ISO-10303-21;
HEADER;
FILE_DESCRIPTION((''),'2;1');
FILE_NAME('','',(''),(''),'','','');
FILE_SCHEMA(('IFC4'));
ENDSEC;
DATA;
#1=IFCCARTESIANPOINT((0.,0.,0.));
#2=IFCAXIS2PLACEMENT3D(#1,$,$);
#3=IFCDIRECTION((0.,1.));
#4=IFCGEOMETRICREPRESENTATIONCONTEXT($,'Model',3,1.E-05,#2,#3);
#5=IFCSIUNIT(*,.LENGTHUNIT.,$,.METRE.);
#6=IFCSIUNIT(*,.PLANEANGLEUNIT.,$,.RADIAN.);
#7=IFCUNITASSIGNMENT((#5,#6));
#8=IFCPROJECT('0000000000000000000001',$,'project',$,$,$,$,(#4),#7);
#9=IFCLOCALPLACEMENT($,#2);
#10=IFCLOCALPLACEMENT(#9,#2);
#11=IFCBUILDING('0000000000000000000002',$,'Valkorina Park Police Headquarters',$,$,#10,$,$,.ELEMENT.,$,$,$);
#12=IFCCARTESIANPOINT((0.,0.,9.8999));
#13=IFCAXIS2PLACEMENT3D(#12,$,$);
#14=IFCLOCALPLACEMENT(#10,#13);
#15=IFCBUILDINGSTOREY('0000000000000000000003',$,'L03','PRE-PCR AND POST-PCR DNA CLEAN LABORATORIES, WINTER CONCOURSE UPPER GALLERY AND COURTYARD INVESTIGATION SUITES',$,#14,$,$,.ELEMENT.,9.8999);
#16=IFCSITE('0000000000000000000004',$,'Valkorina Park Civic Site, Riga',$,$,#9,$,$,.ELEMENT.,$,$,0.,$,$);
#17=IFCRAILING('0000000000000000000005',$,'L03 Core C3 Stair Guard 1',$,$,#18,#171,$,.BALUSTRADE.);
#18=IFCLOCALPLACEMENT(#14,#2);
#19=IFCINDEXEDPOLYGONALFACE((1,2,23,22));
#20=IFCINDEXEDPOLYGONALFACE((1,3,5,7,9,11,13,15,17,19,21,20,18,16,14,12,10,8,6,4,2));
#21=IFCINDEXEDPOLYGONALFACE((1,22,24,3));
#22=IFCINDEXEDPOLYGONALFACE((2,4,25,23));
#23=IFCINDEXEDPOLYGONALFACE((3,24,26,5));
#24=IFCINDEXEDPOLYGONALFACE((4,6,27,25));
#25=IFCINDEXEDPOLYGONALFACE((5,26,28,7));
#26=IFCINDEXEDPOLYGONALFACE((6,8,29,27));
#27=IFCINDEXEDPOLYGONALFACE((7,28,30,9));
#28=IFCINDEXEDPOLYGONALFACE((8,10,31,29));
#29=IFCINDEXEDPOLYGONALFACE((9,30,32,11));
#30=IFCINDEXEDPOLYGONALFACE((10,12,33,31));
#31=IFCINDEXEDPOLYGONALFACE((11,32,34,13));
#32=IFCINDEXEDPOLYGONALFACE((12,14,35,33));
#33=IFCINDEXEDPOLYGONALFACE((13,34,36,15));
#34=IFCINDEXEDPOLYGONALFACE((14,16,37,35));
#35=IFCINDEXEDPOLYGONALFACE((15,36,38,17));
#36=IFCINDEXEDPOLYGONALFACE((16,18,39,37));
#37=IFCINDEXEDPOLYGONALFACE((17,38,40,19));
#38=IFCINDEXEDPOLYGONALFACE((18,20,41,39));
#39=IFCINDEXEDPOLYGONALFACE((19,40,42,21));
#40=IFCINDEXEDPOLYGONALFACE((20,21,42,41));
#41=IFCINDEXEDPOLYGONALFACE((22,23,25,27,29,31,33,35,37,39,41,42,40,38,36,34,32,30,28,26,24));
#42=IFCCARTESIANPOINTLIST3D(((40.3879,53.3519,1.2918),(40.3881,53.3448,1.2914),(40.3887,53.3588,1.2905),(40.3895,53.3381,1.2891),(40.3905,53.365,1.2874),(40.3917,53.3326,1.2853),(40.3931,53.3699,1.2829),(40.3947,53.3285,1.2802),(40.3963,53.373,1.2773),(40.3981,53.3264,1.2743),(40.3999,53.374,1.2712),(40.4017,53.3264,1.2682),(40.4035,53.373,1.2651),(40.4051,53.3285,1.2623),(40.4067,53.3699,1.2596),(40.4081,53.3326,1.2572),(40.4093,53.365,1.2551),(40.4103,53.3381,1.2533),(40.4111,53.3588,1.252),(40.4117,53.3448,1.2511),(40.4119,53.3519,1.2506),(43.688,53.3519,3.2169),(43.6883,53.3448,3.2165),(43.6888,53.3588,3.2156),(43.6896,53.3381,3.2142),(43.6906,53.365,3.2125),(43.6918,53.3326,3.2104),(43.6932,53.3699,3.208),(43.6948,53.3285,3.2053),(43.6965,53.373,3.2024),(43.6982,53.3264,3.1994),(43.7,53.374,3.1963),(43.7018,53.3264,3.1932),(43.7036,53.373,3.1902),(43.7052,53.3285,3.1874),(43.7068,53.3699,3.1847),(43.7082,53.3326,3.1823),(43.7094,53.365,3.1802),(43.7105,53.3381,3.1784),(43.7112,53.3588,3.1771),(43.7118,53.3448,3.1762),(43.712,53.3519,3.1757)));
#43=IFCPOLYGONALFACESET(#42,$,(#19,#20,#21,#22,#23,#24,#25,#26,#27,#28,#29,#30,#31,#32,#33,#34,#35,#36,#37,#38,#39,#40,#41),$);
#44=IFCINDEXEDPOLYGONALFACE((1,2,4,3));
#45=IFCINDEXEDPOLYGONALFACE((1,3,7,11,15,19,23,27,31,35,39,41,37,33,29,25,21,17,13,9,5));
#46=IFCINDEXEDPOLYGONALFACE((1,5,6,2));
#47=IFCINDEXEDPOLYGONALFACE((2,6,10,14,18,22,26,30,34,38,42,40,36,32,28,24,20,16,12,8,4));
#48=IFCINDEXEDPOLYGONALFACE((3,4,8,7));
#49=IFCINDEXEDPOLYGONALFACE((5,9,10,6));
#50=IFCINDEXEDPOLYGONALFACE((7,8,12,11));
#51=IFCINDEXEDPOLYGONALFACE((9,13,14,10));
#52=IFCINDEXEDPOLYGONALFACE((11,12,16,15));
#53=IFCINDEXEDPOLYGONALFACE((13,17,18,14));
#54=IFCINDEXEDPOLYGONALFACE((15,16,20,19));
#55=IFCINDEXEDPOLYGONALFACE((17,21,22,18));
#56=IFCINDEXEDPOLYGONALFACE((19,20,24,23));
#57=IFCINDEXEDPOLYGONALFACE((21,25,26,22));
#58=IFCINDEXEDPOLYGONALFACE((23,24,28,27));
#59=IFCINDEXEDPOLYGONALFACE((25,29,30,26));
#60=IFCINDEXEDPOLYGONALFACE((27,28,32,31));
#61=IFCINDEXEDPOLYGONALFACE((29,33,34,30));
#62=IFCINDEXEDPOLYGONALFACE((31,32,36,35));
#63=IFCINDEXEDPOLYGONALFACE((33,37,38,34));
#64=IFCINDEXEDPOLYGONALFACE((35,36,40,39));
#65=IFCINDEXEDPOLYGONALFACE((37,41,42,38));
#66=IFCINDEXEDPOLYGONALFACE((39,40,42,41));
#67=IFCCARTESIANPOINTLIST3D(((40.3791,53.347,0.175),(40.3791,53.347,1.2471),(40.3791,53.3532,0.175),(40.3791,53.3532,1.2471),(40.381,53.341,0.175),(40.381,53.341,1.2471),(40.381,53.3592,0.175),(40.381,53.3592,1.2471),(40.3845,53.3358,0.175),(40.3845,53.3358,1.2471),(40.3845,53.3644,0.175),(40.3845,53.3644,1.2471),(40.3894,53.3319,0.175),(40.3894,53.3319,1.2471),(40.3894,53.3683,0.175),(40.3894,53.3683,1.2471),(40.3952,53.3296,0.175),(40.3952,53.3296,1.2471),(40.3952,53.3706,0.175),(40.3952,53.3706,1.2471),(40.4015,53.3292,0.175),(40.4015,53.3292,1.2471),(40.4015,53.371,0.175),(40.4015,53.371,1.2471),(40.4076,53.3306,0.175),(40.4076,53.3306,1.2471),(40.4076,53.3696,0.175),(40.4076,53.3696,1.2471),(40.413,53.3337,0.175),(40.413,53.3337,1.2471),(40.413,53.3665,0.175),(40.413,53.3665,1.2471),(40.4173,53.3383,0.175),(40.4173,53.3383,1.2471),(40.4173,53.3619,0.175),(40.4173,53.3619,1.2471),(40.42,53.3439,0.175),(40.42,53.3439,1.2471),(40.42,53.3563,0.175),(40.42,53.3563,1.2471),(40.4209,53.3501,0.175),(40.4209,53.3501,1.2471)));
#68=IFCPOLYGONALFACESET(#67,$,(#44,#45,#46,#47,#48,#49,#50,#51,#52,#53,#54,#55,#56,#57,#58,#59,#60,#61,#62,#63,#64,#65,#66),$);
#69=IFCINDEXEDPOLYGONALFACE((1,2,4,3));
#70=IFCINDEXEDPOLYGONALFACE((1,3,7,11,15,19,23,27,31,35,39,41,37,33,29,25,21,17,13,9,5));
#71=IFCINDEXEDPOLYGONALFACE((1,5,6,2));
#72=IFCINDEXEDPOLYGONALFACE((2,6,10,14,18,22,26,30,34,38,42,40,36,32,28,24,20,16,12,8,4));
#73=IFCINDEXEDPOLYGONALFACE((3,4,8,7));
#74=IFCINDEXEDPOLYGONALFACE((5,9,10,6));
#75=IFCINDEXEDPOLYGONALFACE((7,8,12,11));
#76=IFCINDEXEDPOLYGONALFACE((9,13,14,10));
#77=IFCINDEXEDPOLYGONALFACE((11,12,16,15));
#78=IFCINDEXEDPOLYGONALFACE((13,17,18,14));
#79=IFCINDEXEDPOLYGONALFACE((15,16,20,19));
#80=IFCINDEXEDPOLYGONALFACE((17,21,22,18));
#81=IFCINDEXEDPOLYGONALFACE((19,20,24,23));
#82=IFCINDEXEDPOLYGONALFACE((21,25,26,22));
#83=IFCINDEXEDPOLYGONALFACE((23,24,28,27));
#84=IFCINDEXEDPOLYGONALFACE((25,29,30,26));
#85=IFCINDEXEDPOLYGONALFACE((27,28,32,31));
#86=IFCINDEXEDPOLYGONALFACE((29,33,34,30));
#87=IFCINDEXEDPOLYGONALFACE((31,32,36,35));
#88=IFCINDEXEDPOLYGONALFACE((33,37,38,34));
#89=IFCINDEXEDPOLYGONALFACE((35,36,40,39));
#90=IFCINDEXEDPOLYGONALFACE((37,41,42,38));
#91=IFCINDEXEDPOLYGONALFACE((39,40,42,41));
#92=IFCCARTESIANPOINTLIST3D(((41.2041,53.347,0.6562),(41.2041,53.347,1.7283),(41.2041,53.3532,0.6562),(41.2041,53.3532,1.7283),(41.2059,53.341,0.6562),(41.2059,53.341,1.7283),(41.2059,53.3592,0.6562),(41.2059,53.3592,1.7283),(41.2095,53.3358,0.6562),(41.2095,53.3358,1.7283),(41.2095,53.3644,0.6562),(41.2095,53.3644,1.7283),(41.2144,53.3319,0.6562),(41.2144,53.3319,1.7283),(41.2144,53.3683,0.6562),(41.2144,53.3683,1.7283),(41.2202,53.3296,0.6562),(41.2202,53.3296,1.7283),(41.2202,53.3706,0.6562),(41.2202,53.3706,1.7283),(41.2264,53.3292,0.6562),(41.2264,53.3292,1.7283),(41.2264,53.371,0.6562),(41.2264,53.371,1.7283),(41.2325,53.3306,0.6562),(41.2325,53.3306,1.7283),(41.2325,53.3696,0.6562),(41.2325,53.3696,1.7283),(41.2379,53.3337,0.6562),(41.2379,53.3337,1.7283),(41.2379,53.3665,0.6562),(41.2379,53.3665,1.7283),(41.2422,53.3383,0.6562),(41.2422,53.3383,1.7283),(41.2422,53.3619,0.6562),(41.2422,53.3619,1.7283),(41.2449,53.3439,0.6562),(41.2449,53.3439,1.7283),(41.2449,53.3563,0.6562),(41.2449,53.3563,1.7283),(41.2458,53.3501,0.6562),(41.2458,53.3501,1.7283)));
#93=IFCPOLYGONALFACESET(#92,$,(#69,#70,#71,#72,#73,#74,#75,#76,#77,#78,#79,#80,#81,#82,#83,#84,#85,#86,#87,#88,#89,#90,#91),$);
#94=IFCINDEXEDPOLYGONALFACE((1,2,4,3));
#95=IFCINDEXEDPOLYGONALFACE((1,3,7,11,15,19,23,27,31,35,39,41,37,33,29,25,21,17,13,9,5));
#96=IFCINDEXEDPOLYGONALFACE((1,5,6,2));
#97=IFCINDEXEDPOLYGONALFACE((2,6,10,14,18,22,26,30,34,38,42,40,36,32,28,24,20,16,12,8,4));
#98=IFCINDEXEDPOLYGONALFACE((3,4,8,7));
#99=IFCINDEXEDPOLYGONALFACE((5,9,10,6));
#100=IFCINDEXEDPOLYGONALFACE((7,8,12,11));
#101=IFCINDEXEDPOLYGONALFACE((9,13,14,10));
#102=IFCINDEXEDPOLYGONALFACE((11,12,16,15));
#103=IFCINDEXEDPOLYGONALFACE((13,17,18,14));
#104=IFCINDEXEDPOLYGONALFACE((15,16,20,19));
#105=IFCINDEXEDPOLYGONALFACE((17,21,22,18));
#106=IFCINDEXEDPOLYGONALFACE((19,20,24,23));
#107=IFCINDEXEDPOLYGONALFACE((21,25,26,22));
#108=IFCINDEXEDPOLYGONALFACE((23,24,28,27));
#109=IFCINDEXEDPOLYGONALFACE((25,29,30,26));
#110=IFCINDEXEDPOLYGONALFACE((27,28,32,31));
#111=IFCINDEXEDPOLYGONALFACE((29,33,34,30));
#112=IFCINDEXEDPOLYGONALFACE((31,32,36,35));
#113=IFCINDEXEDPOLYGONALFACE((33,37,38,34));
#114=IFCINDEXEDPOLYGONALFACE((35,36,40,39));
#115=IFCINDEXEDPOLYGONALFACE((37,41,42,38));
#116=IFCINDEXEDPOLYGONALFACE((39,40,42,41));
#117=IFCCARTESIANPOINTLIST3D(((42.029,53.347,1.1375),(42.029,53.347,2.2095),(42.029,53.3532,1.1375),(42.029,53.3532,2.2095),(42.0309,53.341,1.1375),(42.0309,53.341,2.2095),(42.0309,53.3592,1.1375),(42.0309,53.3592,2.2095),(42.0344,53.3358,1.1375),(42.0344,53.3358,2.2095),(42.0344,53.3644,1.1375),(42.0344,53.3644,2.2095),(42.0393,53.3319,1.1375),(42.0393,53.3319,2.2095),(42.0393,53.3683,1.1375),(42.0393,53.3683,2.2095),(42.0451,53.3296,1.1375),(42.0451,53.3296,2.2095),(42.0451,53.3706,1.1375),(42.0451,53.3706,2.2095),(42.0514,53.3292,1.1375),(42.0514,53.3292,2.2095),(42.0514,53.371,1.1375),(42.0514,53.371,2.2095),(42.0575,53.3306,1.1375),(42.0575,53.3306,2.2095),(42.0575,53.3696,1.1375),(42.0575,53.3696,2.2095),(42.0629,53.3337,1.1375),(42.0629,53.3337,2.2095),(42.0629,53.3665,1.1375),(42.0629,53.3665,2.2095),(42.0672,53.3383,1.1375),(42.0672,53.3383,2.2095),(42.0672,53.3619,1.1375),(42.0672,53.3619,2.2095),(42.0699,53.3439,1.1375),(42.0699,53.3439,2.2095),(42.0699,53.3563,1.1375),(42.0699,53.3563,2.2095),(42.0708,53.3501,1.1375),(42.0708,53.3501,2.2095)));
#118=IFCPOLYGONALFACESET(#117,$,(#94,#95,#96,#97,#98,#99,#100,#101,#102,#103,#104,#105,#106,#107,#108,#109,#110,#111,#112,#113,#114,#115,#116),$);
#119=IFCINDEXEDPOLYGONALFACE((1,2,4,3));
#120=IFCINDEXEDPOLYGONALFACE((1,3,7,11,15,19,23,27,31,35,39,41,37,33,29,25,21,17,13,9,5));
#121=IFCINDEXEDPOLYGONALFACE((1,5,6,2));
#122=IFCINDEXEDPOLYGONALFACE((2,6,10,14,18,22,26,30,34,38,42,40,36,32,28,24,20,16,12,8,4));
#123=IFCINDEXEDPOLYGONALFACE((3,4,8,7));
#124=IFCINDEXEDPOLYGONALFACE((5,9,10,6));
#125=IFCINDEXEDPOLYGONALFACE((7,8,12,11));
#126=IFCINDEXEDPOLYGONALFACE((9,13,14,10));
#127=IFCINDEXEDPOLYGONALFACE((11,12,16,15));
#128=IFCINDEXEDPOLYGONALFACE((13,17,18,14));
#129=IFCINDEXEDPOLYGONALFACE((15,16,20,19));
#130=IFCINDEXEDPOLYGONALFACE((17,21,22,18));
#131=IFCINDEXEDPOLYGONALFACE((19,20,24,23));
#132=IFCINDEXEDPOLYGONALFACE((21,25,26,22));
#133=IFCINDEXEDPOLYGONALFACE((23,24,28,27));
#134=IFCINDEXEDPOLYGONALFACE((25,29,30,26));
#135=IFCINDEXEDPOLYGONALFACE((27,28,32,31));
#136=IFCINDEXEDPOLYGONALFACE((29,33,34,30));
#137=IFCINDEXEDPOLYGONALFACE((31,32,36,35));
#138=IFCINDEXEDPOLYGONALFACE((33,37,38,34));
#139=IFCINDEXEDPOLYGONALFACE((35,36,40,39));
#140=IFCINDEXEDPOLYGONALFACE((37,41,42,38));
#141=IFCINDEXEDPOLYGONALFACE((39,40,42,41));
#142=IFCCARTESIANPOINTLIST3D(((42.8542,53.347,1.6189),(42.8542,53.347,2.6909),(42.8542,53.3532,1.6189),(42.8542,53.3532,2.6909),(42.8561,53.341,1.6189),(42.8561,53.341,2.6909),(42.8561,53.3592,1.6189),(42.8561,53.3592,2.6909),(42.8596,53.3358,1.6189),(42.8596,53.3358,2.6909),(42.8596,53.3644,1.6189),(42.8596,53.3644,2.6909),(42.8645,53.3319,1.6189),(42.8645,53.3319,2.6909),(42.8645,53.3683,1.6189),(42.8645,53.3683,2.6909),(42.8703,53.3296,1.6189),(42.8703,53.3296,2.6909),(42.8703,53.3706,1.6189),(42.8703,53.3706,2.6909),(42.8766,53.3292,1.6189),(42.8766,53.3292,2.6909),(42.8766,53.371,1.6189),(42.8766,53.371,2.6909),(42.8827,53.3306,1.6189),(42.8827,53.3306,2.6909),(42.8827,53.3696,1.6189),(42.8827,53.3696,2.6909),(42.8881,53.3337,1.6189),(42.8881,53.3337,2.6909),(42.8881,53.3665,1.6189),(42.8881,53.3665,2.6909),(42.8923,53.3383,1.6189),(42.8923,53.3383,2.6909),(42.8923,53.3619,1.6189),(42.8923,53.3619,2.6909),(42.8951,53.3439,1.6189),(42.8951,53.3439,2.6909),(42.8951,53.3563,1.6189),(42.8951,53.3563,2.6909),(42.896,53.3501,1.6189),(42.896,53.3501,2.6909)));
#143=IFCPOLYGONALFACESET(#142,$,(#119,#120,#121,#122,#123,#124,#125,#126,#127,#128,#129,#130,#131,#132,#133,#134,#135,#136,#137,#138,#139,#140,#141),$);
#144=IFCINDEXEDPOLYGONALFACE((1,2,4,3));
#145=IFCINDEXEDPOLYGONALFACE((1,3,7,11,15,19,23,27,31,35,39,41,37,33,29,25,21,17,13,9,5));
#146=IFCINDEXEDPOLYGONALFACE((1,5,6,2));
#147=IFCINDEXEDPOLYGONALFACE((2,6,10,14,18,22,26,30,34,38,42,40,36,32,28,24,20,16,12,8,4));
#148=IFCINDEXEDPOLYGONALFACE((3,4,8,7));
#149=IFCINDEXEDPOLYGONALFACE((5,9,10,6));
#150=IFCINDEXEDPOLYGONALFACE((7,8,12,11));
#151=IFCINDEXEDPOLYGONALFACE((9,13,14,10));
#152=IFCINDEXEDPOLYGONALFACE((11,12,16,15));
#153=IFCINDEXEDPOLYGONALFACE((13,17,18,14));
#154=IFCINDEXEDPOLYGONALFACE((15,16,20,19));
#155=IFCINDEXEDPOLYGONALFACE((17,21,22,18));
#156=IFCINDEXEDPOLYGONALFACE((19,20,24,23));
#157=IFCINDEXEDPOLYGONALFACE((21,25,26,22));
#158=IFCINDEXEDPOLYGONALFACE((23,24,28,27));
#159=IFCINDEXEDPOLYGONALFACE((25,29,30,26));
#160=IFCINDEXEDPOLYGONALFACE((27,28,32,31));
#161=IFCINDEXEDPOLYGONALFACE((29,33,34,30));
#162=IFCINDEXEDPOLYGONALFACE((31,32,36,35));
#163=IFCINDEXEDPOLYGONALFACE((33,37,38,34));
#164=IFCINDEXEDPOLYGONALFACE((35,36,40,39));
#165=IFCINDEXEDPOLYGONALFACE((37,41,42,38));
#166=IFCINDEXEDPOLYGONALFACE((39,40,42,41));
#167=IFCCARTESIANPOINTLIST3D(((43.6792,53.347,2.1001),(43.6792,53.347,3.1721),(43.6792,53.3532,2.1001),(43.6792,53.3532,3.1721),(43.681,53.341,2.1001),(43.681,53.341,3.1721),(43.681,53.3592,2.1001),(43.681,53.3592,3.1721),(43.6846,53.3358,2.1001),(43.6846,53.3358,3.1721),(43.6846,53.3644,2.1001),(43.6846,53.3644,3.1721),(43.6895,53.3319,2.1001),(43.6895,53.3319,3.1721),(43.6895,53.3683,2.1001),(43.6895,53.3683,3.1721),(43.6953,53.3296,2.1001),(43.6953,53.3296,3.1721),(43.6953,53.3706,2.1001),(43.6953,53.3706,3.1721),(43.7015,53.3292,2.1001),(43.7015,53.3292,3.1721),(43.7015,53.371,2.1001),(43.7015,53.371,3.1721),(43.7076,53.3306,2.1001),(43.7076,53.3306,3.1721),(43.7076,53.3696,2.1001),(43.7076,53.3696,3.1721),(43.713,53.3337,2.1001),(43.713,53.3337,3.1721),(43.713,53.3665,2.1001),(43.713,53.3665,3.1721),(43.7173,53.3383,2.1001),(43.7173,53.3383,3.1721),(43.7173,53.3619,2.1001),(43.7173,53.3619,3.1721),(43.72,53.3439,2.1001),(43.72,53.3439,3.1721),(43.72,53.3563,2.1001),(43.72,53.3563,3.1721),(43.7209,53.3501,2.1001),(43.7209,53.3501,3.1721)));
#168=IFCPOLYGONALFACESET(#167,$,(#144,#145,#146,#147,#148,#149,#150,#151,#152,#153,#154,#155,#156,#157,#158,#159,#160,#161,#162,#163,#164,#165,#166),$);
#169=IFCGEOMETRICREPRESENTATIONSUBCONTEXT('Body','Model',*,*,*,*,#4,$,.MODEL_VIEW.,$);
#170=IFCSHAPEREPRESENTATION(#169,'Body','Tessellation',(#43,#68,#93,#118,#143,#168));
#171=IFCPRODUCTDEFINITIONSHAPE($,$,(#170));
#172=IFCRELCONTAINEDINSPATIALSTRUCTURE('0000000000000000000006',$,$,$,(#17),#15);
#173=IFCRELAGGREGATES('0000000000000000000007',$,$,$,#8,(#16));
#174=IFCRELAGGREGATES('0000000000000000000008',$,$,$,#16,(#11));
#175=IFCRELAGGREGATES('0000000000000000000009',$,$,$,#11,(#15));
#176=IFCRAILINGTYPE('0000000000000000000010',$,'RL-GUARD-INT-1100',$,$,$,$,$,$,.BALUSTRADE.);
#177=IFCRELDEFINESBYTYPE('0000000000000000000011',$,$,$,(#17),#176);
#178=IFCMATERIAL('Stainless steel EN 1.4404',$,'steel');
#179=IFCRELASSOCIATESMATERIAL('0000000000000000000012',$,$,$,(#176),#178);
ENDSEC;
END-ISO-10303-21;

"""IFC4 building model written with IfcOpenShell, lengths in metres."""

from ifc_helpers import new_model, si_unit, direction, frame, origin, origin_2d, place, context, subcontext, project, spatial, circle, extrude, material, type_object, element, save


model = new_model("IFC4")

# Units and contexts
model_context = context("Model", 3, precision=1e-05, world=origin(), true_north=direction((0.0, 1.0)))
body_context = subcontext(model_context, "Body", "Model", "MODEL_VIEW")
ifc_project = project(units=[si_unit("LENGTHUNIT", "METRE"), si_unit("PLANEANGLEUNIT", "RADIAN")], contexts=[model_context])

# Site, building, storey
site_placement = place(None, origin())
site = spatial("IfcSite", under=ifc_project, at=site_placement, Name="Valkorina Park Civic Site, Riga", CompositionType="ELEMENT", RefElevation=0.0)
building_placement = place(site_placement, origin())
building = spatial("IfcBuilding", under=site, at=building_placement, Name="Valkorina Park Police Headquarters", CompositionType="ELEMENT")
storey_placement = place(building_placement, frame((0.0, 0.0, 9.8999)))
storey = spatial("IfcBuildingStorey", under=building, at=storey_placement, Name="L03", Description="PRE-PCR AND POST-PCR DNA CLEAN LABORATORIES, WINTER CONCOURSE UPPER GALLERY AND COURTYARD INVESTIGATION SUITES", CompositionType="ELEMENT", Elevation=9.8999)

# Shared definitions
ifc_material_1 = material(Name="Stainless steel EN 1.4404", Category="steel")

# Railing
railing_type_1 = type_object("IfcRailingType", Name="RL-GUARD-INT-1100", PredefinedType="BALUSTRADE", material=ifc_material_1)
railing_1_placement = place(storey_placement, frame((40.3999, 53.3501, 0.175)))
element("IfcRailing", 1, at=railing_1_placement, inside=storey, type_object=railing_type_1, Name="L03 Core C3 Stair Guard 1", PredefinedType="BALUSTRADE", context=body_context, shape_type="SweptSolid", body=[
    extrude(circle(Radius=0.0239, at=origin_2d()), frame((0.0, 0.0, 1.0962), z_axis=(0.863777, 0.0, 0.503875), x_axis=(0.0, 1.0, 0.0)), (0.0, 0.0, 1.0), 3.8206),
    extrude(circle(Radius=0.021, at=origin_2d()), origin(), (0.0, 0.0, 1.0), 1.072),
    extrude(circle(Radius=0.021, at=origin_2d()), frame((0.825, 0.0, 0.4812)), (0.0, 0.0, 1.0), 1.072),
    extrude(circle(Radius=0.021, at=origin_2d()), frame((1.6499, 0.0, 0.9624)), (0.0, 0.0, 1.0), 1.072),
    extrude(circle(Radius=0.021, at=origin_2d()), frame((2.4751, 0.0, 1.4438)), (0.0, 0.0, 1.0), 1.072),
    extrude(circle(Radius=0.021, at=origin_2d()), frame((3.3, 0.0, 1.925)), (0.0, 0.0, 1.0), 1.072),
])

save(model, "model.ifc")
